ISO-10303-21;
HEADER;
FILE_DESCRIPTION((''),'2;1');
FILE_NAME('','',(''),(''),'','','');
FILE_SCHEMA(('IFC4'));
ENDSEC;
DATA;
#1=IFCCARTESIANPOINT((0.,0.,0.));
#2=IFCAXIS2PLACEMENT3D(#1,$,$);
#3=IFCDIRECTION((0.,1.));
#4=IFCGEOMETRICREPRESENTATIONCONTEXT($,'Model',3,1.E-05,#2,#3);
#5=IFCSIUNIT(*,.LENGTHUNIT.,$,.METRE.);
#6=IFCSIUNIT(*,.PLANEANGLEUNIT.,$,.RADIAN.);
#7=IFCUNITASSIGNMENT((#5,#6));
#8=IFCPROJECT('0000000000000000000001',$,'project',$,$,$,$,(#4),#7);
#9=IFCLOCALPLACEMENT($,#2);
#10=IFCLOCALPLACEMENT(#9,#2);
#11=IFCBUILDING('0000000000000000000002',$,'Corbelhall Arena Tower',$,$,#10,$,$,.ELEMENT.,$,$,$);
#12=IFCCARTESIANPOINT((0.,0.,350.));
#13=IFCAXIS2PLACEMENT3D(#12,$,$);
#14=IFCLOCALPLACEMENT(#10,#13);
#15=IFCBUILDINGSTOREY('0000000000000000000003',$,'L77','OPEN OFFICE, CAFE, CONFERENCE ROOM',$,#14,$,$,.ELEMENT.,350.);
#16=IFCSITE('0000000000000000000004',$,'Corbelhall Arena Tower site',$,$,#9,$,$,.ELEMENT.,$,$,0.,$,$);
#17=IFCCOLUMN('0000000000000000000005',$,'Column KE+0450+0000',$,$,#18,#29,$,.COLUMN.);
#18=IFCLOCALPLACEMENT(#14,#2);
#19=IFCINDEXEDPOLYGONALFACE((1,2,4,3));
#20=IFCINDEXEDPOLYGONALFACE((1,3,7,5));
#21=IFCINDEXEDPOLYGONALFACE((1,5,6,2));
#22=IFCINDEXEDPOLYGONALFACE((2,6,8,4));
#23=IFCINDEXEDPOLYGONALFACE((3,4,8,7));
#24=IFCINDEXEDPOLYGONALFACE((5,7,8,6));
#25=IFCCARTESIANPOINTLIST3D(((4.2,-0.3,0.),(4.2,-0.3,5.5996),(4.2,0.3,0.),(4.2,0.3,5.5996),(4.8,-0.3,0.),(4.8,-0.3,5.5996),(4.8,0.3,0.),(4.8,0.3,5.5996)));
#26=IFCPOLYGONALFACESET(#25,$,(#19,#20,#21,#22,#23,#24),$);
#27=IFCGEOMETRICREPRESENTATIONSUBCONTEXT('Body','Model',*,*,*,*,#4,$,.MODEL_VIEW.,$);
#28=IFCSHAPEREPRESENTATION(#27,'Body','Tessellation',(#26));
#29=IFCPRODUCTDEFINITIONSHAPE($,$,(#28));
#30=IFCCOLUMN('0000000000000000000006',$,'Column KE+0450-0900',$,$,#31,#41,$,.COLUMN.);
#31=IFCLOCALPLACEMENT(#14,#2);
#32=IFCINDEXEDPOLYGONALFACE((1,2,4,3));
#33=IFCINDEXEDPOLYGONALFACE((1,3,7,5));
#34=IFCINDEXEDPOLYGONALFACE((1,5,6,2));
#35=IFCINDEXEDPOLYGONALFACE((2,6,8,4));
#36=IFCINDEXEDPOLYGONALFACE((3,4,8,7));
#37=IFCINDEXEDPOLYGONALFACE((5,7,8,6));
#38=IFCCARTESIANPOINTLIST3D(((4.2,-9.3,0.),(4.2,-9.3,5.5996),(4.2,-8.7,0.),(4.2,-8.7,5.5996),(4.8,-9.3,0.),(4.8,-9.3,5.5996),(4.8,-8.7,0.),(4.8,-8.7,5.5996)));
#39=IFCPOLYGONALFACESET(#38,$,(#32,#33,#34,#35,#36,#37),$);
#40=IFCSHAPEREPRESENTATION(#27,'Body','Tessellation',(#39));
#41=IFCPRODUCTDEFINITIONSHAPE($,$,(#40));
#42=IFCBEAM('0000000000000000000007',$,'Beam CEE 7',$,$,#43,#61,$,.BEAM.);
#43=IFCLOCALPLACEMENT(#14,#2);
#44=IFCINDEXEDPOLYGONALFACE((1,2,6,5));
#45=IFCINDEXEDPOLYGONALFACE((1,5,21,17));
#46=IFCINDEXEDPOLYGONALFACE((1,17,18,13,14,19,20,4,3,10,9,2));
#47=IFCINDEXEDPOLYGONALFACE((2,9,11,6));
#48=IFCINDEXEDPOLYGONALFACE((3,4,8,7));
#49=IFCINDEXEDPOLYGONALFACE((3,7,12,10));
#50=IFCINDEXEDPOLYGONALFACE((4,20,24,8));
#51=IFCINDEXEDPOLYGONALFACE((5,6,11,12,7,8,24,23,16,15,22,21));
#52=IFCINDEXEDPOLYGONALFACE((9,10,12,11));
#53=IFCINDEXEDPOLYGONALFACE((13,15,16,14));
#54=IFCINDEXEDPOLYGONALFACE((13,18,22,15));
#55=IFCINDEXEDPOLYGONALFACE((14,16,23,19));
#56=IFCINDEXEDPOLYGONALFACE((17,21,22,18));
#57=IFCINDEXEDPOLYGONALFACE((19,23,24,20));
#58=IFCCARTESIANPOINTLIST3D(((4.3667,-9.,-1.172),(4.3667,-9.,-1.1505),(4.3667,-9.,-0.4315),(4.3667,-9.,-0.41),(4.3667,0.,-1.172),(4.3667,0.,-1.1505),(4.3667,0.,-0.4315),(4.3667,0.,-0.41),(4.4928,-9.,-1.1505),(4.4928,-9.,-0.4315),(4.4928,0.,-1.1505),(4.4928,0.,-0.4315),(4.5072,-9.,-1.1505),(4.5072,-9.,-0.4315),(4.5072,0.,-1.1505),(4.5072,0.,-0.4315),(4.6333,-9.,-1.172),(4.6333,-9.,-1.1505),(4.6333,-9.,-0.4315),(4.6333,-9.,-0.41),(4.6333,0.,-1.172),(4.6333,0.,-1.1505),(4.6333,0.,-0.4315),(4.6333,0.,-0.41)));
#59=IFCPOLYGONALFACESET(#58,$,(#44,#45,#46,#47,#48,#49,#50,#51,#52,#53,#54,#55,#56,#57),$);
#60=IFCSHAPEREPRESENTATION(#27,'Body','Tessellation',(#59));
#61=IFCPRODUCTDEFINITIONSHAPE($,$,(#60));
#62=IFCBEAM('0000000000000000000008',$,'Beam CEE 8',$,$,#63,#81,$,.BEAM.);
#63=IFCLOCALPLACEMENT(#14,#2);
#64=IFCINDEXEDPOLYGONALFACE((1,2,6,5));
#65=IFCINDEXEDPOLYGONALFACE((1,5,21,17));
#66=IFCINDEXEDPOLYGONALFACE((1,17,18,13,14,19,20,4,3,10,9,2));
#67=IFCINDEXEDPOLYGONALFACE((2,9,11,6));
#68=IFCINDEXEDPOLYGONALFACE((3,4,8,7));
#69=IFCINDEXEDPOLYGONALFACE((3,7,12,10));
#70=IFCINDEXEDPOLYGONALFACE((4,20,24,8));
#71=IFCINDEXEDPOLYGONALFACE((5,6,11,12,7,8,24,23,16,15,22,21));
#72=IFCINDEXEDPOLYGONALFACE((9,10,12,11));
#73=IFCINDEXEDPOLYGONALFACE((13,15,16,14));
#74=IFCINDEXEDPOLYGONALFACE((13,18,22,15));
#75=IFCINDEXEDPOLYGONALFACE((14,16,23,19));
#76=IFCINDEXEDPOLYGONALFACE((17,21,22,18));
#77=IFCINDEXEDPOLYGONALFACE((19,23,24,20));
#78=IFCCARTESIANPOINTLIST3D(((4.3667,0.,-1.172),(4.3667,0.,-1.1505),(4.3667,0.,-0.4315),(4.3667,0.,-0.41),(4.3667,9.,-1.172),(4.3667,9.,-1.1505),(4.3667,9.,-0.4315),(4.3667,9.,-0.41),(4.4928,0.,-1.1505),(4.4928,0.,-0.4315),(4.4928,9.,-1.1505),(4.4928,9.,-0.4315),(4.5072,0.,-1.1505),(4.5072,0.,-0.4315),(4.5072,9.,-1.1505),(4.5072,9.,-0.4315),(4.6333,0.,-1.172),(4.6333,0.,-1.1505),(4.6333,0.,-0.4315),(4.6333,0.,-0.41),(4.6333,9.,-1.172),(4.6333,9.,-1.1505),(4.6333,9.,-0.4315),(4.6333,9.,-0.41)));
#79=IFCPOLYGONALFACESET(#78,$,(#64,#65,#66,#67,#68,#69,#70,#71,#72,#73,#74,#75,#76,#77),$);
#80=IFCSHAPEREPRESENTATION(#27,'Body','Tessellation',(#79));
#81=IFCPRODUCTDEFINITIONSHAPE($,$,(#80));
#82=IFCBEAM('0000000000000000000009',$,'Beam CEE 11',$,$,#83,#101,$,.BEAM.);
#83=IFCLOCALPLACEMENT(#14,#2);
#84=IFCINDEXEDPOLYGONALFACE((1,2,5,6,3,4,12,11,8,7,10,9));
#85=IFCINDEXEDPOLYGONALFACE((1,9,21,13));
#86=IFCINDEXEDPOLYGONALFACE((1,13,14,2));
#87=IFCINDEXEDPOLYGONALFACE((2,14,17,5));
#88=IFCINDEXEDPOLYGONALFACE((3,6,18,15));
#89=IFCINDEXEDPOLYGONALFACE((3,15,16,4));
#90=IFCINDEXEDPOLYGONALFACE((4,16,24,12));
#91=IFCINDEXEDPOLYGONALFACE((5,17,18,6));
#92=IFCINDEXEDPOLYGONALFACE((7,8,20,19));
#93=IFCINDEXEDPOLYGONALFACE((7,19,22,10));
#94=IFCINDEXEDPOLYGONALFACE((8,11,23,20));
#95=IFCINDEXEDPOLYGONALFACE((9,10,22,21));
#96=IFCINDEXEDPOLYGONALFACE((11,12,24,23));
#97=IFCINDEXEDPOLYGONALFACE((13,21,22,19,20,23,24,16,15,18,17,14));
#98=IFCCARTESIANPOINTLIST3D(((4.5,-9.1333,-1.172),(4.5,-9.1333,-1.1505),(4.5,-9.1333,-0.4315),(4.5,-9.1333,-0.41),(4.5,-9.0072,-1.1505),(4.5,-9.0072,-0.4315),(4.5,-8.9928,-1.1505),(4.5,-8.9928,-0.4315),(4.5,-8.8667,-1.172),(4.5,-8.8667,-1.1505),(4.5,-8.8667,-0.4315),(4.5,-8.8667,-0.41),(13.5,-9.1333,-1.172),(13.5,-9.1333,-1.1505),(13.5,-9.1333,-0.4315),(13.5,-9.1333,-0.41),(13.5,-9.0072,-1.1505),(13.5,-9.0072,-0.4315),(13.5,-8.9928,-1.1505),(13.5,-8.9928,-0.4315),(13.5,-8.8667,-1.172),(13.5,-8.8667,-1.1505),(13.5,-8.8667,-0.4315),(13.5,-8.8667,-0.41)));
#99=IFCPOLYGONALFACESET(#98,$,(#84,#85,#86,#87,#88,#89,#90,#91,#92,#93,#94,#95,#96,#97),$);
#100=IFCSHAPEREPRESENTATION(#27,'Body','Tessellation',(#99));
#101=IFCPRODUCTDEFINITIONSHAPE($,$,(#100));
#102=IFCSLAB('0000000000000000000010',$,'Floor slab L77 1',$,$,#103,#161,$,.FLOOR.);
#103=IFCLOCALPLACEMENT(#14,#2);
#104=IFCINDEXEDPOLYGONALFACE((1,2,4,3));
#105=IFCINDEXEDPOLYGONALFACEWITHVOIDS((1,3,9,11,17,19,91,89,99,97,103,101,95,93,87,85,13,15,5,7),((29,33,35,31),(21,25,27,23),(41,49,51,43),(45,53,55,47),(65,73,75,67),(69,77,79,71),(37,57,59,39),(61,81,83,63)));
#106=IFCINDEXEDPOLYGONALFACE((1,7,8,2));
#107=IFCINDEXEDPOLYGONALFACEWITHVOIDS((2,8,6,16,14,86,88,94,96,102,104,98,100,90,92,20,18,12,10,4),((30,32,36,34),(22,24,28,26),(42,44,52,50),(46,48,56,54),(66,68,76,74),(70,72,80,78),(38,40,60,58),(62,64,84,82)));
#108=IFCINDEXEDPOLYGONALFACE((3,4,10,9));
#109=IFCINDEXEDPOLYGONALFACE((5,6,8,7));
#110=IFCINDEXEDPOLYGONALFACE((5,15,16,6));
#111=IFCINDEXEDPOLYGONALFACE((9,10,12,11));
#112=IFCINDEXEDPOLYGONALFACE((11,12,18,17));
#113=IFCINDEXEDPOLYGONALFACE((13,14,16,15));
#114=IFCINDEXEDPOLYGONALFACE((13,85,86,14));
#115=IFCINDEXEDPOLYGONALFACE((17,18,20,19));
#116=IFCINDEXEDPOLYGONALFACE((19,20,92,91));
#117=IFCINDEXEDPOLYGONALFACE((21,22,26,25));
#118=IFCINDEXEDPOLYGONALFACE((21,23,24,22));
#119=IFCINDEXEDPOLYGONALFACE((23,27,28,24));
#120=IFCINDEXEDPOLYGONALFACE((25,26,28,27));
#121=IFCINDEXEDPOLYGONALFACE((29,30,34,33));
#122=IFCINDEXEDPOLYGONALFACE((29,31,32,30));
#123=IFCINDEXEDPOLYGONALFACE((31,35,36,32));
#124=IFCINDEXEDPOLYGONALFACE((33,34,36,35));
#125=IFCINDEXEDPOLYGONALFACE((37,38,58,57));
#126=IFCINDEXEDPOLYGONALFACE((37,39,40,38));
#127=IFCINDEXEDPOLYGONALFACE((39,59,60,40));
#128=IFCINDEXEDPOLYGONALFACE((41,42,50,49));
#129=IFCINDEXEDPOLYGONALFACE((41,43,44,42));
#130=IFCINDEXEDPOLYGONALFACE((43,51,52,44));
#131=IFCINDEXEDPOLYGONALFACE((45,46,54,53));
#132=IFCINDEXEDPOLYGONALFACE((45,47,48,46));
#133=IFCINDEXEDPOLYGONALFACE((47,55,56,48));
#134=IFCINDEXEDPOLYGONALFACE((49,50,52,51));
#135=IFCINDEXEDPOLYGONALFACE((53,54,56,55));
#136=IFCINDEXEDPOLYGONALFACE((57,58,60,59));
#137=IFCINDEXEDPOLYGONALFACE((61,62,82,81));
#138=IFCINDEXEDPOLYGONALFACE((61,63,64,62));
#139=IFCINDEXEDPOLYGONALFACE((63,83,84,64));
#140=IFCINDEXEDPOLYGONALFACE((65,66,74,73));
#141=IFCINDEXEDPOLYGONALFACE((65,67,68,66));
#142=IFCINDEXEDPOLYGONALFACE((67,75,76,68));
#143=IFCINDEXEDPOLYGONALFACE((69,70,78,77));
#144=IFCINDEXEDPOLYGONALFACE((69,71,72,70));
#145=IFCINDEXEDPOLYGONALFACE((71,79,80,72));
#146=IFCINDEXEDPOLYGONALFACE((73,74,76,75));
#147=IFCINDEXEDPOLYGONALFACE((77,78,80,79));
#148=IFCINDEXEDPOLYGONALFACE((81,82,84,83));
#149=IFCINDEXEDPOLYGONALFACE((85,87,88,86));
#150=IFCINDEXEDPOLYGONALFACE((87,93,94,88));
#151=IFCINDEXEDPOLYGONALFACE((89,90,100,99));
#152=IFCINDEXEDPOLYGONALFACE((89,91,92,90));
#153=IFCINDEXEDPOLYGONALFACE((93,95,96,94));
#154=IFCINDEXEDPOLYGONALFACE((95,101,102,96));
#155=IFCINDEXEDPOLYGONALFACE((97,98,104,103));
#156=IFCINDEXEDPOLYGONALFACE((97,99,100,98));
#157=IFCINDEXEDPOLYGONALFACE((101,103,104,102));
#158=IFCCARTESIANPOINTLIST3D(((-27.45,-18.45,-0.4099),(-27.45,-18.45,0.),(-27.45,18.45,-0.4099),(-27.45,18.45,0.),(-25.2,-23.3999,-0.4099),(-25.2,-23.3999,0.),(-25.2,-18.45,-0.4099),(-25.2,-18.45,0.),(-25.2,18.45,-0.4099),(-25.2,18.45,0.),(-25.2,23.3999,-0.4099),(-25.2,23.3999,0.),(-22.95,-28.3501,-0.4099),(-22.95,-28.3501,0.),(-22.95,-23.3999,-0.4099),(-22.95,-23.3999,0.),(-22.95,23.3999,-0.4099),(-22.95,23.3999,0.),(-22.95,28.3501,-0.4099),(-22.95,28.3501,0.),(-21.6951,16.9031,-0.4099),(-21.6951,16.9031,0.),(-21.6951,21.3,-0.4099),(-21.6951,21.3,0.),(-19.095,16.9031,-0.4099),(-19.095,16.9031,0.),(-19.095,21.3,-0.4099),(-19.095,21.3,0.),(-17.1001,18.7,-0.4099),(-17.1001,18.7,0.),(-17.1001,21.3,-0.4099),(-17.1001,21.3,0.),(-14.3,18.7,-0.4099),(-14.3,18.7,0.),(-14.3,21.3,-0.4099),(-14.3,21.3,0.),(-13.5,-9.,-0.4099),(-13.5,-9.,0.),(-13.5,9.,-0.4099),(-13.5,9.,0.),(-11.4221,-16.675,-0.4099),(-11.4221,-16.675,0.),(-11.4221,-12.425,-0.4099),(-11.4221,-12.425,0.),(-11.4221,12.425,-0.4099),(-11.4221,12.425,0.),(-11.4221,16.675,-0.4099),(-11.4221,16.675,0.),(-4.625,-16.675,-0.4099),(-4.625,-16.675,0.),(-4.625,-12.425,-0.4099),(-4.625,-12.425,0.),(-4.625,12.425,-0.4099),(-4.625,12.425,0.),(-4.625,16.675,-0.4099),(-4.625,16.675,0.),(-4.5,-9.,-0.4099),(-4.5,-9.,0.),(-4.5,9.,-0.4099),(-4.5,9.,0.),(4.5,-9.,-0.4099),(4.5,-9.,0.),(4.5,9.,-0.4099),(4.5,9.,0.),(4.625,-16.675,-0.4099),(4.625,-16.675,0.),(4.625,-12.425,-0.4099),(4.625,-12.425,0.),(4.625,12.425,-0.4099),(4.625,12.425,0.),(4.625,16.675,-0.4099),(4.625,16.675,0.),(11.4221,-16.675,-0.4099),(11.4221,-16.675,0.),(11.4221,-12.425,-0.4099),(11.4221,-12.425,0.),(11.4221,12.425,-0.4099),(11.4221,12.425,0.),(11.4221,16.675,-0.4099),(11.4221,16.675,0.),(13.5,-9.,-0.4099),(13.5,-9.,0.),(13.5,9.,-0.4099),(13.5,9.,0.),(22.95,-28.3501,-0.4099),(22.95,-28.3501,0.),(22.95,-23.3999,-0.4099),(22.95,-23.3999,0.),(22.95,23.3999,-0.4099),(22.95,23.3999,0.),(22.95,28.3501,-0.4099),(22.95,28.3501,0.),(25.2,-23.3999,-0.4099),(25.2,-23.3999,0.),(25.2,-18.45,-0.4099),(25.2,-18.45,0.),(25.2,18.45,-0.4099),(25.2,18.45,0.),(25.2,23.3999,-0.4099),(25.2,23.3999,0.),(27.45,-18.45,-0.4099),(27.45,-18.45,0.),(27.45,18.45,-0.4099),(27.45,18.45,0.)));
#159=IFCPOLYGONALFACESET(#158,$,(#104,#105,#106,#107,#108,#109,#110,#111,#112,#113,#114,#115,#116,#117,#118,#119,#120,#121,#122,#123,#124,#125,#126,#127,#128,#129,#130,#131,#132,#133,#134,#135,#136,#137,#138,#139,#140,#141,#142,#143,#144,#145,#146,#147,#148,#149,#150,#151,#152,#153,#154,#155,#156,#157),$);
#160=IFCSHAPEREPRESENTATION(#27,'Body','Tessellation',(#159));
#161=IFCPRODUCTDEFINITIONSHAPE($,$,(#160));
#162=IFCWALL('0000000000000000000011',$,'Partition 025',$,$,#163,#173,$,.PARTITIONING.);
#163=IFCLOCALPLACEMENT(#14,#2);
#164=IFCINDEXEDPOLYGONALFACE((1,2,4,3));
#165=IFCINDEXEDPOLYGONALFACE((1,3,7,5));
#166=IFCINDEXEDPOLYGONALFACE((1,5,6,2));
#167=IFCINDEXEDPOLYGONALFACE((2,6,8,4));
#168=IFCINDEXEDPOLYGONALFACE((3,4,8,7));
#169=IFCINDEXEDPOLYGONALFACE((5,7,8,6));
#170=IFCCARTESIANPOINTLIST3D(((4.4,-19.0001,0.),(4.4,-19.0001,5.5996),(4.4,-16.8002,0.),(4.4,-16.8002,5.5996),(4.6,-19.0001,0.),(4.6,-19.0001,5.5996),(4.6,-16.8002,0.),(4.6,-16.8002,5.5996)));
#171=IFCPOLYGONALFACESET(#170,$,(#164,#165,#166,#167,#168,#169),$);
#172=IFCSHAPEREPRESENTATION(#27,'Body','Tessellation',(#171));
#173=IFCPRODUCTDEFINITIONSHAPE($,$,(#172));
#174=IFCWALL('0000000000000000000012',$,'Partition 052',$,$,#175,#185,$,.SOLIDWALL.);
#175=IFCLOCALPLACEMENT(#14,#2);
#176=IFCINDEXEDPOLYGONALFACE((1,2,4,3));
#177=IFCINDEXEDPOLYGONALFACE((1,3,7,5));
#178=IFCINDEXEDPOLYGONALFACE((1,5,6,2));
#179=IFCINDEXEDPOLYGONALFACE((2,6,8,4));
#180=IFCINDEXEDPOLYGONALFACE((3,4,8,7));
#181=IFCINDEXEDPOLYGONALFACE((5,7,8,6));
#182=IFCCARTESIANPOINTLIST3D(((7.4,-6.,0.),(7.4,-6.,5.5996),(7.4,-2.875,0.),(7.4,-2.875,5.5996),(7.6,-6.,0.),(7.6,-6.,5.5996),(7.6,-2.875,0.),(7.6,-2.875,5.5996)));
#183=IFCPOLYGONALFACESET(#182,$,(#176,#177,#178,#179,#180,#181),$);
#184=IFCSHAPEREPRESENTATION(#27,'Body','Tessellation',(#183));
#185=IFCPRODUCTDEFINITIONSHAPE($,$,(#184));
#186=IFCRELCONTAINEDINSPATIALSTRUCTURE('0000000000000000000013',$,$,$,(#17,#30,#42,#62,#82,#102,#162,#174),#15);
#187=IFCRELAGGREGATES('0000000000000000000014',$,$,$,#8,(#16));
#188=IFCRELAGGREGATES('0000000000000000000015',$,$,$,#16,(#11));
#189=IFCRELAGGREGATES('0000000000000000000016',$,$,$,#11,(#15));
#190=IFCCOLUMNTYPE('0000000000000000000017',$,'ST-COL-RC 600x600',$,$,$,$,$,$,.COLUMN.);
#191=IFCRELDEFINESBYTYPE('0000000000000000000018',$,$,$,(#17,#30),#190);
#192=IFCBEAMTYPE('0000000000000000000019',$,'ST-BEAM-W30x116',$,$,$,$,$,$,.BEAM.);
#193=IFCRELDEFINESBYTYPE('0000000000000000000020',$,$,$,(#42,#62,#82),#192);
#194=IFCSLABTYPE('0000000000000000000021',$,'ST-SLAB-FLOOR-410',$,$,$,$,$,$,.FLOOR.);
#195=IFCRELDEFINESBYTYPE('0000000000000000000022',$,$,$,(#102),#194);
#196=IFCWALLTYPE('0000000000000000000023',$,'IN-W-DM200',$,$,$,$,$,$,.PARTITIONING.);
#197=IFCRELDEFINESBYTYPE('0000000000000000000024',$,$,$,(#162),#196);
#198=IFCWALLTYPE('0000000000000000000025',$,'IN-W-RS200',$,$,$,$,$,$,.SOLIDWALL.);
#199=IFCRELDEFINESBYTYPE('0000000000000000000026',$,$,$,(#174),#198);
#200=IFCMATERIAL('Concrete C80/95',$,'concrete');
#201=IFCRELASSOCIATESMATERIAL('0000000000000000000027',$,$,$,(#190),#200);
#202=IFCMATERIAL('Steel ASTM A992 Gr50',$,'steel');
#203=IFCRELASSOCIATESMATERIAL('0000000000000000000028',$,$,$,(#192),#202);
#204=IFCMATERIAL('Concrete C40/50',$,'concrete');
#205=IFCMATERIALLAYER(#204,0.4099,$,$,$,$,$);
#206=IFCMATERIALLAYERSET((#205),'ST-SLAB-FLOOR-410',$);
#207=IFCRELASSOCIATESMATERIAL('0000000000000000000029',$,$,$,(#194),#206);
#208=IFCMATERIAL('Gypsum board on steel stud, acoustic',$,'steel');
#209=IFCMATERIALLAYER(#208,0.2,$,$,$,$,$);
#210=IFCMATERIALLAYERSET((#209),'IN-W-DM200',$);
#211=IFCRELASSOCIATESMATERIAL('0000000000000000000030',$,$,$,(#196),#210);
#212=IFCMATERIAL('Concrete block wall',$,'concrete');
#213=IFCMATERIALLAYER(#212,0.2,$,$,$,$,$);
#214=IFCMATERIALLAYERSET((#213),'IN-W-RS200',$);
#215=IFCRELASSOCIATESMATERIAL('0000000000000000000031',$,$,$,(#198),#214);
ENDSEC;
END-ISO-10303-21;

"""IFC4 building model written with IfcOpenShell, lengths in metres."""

from ifc_helpers import new_model, si_unit, direction, frame, frame_2d, origin, origin_2d, place, context, subcontext, project, spatial, polyline, rectangle, i_section, outline, extrude, material, layer, layer_set, material_profile, profile_set, type_object, element, save


model = new_model("IFC4")

# Units and contexts
model_context = context("Model", 3, precision=1e-05, world=origin(), true_north=direction((0.0, 1.0)))
body_context = subcontext(model_context, "Body", "Model", "MODEL_VIEW")
ifc_project = project(units=[si_unit("LENGTHUNIT", "METRE"), si_unit("PLANEANGLEUNIT", "RADIAN")], contexts=[model_context])

# Site, building, storey
site_placement = place(None, origin())
site = spatial("IfcSite", under=ifc_project, at=site_placement, Name="Corbelhall Arena Tower site", CompositionType="ELEMENT", RefElevation=0.0)
building_placement = place(site_placement, origin())
building = spatial("IfcBuilding", under=site, at=building_placement, Name="Corbelhall Arena Tower", CompositionType="ELEMENT")
storey_placement = place(building_placement, frame((0.0, 0.0, 350.0)))
storey = spatial("IfcBuildingStorey", under=building, at=storey_placement, Name="L77", Description="OPEN OFFICE, CAFE, CONFERENCE ROOM", CompositionType="ELEMENT", Elevation=350.0)

# Columns
ifc_material_1 = material(Name="Concrete C80/95", Category="concrete")
ifc_material_profile_1 = material_profile(ifc_material_1, rectangle(XDim=0.6001, YDim=0.6001, at=origin_2d()))
ifc_profile_set_1 = profile_set([ifc_material_profile_1], Name="Concrete C80/95")
column_type = type_object("IfcColumnType", Name="ST-COL-RC 600x600", PredefinedType="COLUMN", material=ifc_profile_set_1)
for number, where, z_axis, x_axis, name in (
    (1, (4.5, 0.0, 0.0), (0.0, 0.0, 1.0), (1.0, 0.0, 0.0), "Column KE+0450+0000"),
    (2, (4.5, -9.0, 0.0), (0.0, 0.0, 1.0), (1.0, 0.0, 0.0), "Column KE+0450-0900"),
):
    element("IfcColumn", number, at=place(storey_placement, frame(where, z_axis=z_axis, x_axis=x_axis)), inside=storey, type_object=column_type, Name=name, PredefinedType="COLUMN", context=body_context, shape_type="SweptSolid", body=[
        extrude(rectangle(XDim=0.6001, YDim=0.6001, at=origin_2d()), origin(), (0.0, 0.0, 1.0), 5.5996),
    ])

# Beams
ifc_material_2 = material(Name="Steel ASTM A992 Gr50", Category="steel")
ifc_material_profile_2 = material_profile(ifc_material_2, i_section(OverallWidth=0.2666, OverallDepth=0.762, WebThickness=0.0144, FlangeThickness=0.0215, at=origin_2d()))
ifc_profile_set_2 = profile_set([ifc_material_profile_2], Name="Steel ASTM A992 Gr50")
beam_type = type_object("IfcBeamType", Name="ST-BEAM-W30x116", PredefinedType="BEAM", material=ifc_profile_set_2)
for number, where, z_axis, x_axis, name in (
    (3, (4.5, -9.0, -0.791), (0.0, 1.0, 0.0), (-1.0, 0.0, 0.0), "Beam CEE 7"),
    (4, (4.5, 0.0, -0.791), (0.0, 1.0, 0.0), (-1.0, 0.0, 0.0), "Beam CEE 8"),
    (5, (4.5, -9.0, -0.791), (1.0, 0.0, 0.0), (0.0, 1.0, 0.0), "Beam CEE 11"),
):
    element("IfcBeam", number, at=place(storey_placement, frame(where, z_axis=z_axis, x_axis=x_axis)), inside=storey, type_object=beam_type, Name=name, PredefinedType="BEAM", context=body_context, shape_type="SweptSolid", body=[
        extrude(i_section(OverallWidth=0.2666, OverallDepth=0.762, WebThickness=0.0144, FlangeThickness=0.0215, at=origin_2d()), origin(), (0.0, 0.0, 1.0), 9.0),
    ])

# Slab
ifc_material_3 = material(Name="Concrete C40/50", Category="concrete")
ifc_layer_1 = layer(ifc_material_3, 0.4099)
ifc_layer_set_1 = layer_set([ifc_layer_1], Name="ST-SLAB-FLOOR-410")
slab_type = type_object("IfcSlabType", Name="ST-SLAB-FLOOR-410", PredefinedType="FLOOR", material=ifc_layer_set_1)
slab_placement = place(storey_placement, frame((0.0, 0.0, -0.4099)))
element("IfcSlab", 6, at=slab_placement, inside=storey, type_object=slab_type, Name="Floor slab L77 1", PredefinedType="FLOOR", context=body_context, shape_type="SweptSolid", body=[
    extrude(outline(polyline([(25.2, 18.45), (25.2, 23.3999), (22.95, 23.3999), (22.95, 28.3501), (-22.95, 28.3501), (-22.95, 23.3999), (-25.2, 23.3999), (-25.2, 18.45), (-27.45, 18.45), (-27.45, -18.45), (-25.2, -18.45), (-25.2, -23.3999), (-22.95, -23.3999), (-22.95, -28.3501), (22.95, -28.3501), (22.95, -23.3999), (25.2, -23.3999), (25.2, -18.45), (27.45, -18.45), (27.45, 18.45), (25.2, 18.45)]), holes=[polyline([(-13.5, 9.0), (-13.5, -9.0), (-4.5, -9.0), (-4.5, 9.0), (-13.5, 9.0)]), polyline([(4.5, 9.0), (4.5, -9.0), (13.5, -9.0), (13.5, 9.0), (4.5, 9.0)]), polyline([(-4.625, 16.675), (-11.4221, 16.675), (-11.4221, 12.425), (-4.625, 12.425), (-4.625, 16.675)]), polyline([(-4.625, -16.675), (-4.625, -12.425), (-11.4221, -12.425), (-11.4221, -16.675), (-4.625, -16.675)]), polyline([(11.4221, 16.675), (4.625, 16.675), (4.625, 12.425), (11.4221, 12.425), (11.4221, 16.675)]), polyline([(11.4221, -16.675), (11.4221, -12.425), (4.625, -12.425), (4.625, -16.675), (11.4221, -16.675)]), polyline([(-21.6951, 21.3), (-21.6951, 16.9031), (-19.095, 16.9031), (-19.095, 21.3), (-21.6951, 21.3)]), polyline([(-14.3, 21.3), (-17.1001, 21.3), (-17.1001, 18.7), (-14.3, 18.7), (-14.3, 21.3)])]), origin(), (0.0, 0.0, 1.0), 0.4099),
])

# Walls
ifc_material_4 = material(Name="Gypsum board on steel stud, acoustic", Category="steel")
ifc_layer_2 = layer(ifc_material_4, 0.2)
ifc_layer_set_2 = layer_set([ifc_layer_2], Name="IN-W-DM200")
wall_type_1 = type_object("IfcWallType", Name="IN-W-DM200", PredefinedType="PARTITIONING", material=ifc_layer_set_2)
wall_1_placement = place(storey_placement, frame((4.5, -16.8, 0.0), z_axis=(0.0, 0.0, 1.0), x_axis=(0.0, -1.0, 0.0)))
element("IfcWall", 7, at=wall_1_placement, inside=storey, type_object=wall_type_1, Name="Partition 025", PredefinedType="PARTITIONING", context=body_context, shape_type="SweptSolid", body=[
    extrude(rectangle(XDim=2.2, YDim=0.2, at=frame_2d((1.1001, 0.0))), origin(), (0.0, 0.0, 1.0), 5.5996),
])
ifc_material_5 = material(Name="Concrete block wall", Category="concrete")
ifc_layer_3 = layer(ifc_material_5, 0.2)
ifc_layer_set_3 = layer_set([ifc_layer_3], Name="IN-W-RS200")
wall_type_2 = type_object("IfcWallType", Name="IN-W-RS200", PredefinedType="SOLIDWALL", material=ifc_layer_set_3)
wall_2_placement = place(storey_placement, frame((7.5, -2.875, 0.0), z_axis=(0.0, 0.0, 1.0), x_axis=(0.0, -1.0, 0.0)))
element("IfcWall", 8, at=wall_2_placement, inside=storey, type_object=wall_type_2, Name="Partition 052", PredefinedType="SOLIDWALL", context=body_context, shape_type="SweptSolid", body=[
    extrude(rectangle(XDim=3.125, YDim=0.2, at=frame_2d((1.5625, 0.0))), origin(), (0.0, 0.0, 1.0), 5.5996),
])

save(model, "model.ifc")
